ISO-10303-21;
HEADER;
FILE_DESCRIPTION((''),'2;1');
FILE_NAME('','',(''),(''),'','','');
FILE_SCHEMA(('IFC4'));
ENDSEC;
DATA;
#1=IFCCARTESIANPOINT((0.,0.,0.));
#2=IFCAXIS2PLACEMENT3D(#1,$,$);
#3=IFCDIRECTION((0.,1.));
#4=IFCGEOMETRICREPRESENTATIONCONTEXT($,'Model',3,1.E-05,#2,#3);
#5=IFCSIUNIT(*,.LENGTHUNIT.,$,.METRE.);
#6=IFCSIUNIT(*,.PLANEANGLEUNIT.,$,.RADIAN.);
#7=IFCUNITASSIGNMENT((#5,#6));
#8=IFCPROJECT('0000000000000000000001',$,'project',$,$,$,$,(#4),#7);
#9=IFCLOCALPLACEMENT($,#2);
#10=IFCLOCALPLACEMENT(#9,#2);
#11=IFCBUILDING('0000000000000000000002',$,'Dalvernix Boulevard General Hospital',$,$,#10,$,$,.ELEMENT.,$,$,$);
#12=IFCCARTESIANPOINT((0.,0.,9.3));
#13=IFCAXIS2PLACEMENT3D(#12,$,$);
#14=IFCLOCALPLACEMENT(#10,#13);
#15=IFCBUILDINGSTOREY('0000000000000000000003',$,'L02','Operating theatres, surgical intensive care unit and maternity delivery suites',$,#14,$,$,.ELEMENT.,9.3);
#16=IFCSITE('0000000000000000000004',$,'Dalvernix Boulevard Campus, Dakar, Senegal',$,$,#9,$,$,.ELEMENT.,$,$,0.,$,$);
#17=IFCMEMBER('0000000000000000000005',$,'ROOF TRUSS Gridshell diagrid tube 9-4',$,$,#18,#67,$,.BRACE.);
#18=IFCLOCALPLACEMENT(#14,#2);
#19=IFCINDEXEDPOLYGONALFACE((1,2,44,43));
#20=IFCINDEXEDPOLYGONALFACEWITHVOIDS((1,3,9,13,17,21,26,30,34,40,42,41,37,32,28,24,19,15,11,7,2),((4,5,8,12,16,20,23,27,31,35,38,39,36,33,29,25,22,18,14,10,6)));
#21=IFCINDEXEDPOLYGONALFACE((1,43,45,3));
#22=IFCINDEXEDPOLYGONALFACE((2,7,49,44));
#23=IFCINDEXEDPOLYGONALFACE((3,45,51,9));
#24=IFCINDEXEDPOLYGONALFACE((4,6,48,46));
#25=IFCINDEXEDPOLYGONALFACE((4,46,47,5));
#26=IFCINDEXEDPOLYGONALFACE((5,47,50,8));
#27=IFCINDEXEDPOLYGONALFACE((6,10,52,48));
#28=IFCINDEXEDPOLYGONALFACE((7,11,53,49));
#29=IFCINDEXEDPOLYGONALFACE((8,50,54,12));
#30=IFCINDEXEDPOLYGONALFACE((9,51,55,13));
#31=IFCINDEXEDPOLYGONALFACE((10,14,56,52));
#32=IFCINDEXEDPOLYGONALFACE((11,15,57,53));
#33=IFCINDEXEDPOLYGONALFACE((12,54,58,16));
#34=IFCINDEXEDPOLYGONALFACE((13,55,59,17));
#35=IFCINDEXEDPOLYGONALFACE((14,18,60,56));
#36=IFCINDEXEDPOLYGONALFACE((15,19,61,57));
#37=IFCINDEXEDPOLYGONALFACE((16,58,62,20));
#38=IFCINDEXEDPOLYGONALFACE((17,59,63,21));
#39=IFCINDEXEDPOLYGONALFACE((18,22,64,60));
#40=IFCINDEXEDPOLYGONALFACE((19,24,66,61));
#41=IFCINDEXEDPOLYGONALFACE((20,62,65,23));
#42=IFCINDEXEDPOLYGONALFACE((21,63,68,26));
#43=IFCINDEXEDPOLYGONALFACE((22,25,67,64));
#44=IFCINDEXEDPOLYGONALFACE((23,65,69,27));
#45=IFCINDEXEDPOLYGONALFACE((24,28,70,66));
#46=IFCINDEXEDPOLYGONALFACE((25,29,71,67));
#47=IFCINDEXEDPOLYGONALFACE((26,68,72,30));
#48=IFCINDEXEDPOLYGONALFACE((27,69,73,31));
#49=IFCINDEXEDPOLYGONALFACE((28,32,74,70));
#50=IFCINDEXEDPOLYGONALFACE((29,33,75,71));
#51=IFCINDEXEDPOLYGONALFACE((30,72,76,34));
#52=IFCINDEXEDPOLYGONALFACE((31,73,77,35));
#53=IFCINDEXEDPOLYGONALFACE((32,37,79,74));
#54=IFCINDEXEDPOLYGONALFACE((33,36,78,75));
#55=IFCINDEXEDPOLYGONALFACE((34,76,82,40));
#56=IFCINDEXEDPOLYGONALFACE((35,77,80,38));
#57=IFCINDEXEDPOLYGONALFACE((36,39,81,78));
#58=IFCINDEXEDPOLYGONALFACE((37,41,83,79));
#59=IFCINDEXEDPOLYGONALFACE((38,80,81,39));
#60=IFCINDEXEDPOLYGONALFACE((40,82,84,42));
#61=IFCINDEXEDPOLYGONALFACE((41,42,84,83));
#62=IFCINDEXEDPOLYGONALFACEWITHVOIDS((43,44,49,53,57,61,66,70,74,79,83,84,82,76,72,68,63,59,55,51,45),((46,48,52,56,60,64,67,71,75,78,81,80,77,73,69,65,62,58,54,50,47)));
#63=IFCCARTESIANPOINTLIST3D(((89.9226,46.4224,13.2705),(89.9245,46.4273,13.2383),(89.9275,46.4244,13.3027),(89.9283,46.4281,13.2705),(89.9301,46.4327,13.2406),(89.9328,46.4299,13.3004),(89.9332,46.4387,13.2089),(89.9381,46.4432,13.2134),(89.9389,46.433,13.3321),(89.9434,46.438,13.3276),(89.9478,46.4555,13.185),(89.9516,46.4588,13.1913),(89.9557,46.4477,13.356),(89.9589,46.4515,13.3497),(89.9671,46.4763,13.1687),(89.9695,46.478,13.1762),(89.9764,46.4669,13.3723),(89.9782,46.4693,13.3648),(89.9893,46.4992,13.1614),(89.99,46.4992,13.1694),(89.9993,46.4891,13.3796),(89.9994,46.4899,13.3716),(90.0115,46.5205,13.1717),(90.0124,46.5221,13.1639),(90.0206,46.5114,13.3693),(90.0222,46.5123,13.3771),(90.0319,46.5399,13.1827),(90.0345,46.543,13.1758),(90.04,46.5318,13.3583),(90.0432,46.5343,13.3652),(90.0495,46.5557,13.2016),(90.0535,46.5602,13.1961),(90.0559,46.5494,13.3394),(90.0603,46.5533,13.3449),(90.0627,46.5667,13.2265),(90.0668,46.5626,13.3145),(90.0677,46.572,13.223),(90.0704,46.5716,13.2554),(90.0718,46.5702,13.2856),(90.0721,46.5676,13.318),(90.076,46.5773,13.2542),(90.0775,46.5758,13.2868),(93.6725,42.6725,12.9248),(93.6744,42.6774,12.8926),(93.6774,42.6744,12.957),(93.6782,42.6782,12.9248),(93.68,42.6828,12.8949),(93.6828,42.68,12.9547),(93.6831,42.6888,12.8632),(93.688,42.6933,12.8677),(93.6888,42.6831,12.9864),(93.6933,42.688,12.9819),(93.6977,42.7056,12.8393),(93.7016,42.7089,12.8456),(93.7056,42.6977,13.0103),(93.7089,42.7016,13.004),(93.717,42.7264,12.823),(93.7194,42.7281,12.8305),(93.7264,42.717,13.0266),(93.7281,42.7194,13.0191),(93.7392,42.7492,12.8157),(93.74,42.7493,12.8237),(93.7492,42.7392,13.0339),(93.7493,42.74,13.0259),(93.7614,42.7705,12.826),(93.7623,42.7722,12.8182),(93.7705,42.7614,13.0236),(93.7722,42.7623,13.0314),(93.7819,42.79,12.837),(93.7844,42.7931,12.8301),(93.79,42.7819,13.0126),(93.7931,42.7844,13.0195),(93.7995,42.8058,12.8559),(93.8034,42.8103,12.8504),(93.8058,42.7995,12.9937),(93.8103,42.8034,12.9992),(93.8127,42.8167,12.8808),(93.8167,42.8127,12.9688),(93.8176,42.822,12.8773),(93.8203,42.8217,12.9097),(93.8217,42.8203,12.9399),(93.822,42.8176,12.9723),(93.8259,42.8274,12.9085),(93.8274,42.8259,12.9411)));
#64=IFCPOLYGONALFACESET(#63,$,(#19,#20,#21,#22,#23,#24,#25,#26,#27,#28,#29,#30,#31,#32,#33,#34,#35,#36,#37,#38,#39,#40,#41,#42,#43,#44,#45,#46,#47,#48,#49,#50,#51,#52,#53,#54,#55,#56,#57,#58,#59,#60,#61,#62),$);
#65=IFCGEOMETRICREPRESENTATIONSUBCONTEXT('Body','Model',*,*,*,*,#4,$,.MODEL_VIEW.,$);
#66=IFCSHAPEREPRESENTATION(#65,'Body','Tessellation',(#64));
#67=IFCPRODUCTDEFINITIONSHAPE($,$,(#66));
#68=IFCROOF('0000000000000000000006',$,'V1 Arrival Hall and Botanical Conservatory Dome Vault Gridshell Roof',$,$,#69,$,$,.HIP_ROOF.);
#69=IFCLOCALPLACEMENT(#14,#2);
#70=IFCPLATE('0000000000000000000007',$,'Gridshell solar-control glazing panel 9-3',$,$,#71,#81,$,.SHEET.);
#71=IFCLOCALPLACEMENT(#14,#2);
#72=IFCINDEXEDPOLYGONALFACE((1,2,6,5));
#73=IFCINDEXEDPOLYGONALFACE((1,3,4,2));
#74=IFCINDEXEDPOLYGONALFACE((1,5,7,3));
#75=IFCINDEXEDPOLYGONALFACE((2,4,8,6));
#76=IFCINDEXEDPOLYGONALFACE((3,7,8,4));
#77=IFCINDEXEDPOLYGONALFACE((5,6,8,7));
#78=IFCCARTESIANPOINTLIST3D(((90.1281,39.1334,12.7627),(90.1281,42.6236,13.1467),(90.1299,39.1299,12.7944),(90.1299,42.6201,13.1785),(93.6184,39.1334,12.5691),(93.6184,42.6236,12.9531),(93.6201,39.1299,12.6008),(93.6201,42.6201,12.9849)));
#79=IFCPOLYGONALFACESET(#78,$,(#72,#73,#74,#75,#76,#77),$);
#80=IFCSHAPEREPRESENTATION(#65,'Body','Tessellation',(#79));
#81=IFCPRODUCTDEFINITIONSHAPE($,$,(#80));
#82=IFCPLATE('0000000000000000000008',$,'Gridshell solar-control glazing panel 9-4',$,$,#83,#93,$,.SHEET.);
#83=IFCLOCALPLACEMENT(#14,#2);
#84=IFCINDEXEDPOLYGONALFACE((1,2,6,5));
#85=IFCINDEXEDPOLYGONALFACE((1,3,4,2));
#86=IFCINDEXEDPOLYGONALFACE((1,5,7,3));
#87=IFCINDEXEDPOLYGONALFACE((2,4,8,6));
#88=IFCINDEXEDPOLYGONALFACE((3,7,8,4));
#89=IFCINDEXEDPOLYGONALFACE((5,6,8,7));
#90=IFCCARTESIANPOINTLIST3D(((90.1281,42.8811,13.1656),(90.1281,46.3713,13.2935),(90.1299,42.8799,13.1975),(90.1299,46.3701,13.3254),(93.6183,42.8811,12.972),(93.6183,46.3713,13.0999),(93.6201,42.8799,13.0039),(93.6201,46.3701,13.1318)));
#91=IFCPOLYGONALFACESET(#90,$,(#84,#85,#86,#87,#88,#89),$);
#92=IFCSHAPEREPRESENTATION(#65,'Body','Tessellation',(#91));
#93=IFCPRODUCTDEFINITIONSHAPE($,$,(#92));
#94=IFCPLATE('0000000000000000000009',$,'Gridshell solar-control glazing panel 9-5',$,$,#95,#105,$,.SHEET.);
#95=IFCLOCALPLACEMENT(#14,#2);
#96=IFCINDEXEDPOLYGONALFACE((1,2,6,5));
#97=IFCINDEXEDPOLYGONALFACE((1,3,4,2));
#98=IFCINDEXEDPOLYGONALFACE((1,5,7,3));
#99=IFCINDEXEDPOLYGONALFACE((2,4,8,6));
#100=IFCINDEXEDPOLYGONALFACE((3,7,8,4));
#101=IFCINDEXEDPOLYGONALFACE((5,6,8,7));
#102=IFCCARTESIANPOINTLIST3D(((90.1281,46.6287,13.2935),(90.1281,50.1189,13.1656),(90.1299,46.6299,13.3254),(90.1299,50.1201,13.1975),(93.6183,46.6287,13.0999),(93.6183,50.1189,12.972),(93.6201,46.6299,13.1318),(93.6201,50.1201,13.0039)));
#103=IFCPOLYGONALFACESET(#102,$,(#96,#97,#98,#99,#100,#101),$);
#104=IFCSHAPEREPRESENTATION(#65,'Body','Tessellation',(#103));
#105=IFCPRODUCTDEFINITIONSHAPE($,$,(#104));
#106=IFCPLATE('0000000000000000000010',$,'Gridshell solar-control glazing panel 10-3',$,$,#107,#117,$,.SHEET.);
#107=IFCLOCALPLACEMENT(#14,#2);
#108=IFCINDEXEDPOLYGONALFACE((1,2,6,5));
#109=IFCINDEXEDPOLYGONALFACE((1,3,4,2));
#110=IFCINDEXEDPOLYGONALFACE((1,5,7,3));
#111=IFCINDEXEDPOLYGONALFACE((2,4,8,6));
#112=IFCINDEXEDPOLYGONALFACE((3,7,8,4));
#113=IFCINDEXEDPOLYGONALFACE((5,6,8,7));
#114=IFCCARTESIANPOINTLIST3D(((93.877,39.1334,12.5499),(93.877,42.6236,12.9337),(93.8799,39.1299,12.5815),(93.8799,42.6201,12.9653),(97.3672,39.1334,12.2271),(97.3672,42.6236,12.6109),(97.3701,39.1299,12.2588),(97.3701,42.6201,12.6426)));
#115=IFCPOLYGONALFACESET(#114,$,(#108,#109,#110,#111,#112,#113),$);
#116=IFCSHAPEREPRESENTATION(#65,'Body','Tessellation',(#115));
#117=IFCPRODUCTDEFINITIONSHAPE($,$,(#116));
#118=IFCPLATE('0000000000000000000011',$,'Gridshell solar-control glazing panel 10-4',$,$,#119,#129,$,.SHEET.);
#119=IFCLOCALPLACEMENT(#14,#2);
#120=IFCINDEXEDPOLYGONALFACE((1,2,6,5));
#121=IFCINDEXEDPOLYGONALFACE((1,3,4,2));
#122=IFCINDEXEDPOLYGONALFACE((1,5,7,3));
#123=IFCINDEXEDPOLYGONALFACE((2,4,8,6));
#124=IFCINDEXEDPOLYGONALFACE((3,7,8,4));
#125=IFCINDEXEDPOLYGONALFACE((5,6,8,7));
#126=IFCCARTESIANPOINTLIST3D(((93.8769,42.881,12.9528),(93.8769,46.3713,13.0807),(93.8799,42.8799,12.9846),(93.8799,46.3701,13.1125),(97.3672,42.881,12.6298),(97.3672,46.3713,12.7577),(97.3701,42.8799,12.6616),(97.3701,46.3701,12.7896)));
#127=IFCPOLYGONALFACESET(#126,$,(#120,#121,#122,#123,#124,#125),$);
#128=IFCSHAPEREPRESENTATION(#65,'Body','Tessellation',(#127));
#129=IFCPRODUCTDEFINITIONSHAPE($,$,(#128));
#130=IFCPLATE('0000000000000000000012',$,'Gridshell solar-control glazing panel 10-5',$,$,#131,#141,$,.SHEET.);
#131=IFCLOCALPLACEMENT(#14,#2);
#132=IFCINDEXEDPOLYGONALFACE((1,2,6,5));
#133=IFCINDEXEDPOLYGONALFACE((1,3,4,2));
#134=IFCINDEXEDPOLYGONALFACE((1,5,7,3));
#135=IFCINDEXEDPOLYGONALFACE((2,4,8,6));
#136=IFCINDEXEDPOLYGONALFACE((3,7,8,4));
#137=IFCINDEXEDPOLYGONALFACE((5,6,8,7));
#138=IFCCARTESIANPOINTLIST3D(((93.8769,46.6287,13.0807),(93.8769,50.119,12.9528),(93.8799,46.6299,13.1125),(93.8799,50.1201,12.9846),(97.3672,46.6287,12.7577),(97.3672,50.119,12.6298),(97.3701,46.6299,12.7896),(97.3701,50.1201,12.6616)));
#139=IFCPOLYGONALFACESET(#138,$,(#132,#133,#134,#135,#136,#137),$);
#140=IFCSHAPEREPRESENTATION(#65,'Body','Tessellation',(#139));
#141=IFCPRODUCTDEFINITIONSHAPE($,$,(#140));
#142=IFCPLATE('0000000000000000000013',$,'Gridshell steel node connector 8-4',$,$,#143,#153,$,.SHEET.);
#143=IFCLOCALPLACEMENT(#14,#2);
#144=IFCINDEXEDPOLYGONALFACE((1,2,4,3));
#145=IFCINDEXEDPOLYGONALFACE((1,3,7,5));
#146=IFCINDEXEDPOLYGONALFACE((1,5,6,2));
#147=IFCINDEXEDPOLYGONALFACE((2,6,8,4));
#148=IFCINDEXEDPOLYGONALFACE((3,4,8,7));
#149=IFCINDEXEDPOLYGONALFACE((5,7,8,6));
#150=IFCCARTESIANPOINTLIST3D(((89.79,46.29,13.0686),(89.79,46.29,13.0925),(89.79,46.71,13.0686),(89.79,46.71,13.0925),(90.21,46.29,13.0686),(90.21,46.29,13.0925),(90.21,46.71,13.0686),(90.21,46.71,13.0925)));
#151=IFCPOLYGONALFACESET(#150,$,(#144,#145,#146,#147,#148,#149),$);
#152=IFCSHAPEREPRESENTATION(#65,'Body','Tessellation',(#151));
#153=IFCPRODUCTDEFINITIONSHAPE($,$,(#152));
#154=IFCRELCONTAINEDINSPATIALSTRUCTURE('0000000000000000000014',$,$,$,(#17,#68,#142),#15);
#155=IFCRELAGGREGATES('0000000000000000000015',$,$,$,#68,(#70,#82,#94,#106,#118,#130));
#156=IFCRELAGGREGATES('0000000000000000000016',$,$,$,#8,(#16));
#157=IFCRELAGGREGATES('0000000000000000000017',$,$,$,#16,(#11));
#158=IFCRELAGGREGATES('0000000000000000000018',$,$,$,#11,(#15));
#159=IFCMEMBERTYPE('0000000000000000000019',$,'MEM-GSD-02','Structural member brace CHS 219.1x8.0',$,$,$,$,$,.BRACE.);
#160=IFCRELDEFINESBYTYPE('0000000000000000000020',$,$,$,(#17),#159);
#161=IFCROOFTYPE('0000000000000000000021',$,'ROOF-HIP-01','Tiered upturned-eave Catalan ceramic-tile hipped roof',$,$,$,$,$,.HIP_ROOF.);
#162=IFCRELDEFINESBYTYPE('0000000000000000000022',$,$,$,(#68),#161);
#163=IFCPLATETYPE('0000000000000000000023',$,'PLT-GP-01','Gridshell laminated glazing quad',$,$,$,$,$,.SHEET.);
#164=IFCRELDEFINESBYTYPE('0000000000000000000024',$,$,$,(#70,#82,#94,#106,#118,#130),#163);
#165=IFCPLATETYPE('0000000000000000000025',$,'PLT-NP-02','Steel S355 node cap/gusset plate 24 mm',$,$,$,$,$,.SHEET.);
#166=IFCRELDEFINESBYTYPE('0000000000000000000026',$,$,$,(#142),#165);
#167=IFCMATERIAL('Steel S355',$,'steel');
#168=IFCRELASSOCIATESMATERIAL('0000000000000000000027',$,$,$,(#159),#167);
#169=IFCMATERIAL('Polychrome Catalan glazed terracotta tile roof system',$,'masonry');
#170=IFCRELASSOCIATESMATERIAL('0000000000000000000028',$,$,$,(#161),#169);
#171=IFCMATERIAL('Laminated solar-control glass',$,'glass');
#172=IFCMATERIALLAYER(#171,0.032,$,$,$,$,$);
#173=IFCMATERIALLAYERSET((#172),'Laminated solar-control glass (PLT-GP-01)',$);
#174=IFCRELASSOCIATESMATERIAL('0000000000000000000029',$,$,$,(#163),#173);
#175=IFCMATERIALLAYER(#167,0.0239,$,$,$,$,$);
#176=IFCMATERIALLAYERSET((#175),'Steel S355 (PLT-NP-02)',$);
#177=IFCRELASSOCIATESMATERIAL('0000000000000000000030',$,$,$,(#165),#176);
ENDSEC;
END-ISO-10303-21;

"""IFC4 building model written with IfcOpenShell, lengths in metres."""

from ifc_helpers import new_model, si_unit, direction, frame, origin, origin_2d, place, context, subcontext, project, spatial, polyline, rectangle, hollow_circle, outline, extrude, material, layer, layer_set, material_profile, profile_set, type_object, element, aggregate, save


model = new_model("IFC4")

# Units and contexts
model_context = context("Model", 3, precision=1e-05, world=origin(), true_north=direction((0.0, 1.0)))
body_context = subcontext(model_context, "Body", "Model", "MODEL_VIEW")
ifc_project = project(units=[si_unit("LENGTHUNIT", "METRE"), si_unit("PLANEANGLEUNIT", "RADIAN")], contexts=[model_context])

# Site, building, storey
site_placement = place(None, origin())
site = spatial("IfcSite", under=ifc_project, at=site_placement, Name="Dalvernix Boulevard Campus, Dakar, Senegal", CompositionType="ELEMENT", RefElevation=0.0)
building_placement = place(site_placement, origin())
building = spatial("IfcBuilding", under=site, at=building_placement, Name="Dalvernix Boulevard General Hospital", CompositionType="ELEMENT")
storey_placement = place(building_placement, frame((0.0, 0.0, 9.3)))
storey = spatial("IfcBuildingStorey", under=building, at=storey_placement, Name="L02", Description="Operating theatres, surgical intensive care unit and maternity delivery suites", CompositionType="ELEMENT", Elevation=9.3)

# Shared definitions
ifc_material_1 = material(Name="Steel S355", Category="steel")

# Member
ifc_material_profile_1 = material_profile(ifc_material_1, hollow_circle(Radius=0.1096, WallThickness=0.0081, at=origin_2d()), Name="CHS 219.1x8.0")
ifc_profile_set_1 = profile_set([ifc_material_profile_1], Name="Steel S355")
member_type_1 = type_object("IfcMemberType", Name="MEM-GSD-02", Description="Structural member brace CHS 219.1x8.0", PredefinedType="BRACE", material=ifc_profile_set_1)
member_1_placement = place(storey_placement, frame((93.75, 42.75, 12.9248), z_axis=(-0.705609, 0.705609, 0.065048), x_axis=(-0.707107, -0.707107, 0.0)))
element("IfcMember", 1, at=member_1_placement, inside=storey, type_object=member_type_1, Name="ROOF TRUSS Gridshell diagrid tube 9-4", PredefinedType="BRACE", context=body_context, shape_type="SweptSolid", body=[
    extrude(hollow_circle(Radius=0.1096, WallThickness=0.0081, at=origin_2d()), origin(), (0.0, 0.0, 1.0), 5.3145),
])

# Roof, plates
ifc_material_2 = material(Name="Polychrome Catalan glazed terracotta tile roof system", Category="masonry")
roof_type = type_object("IfcRoofType", Name="ROOF-HIP-01", Description="Tiered upturned-eave Catalan ceramic-tile hipped roof", PredefinedType="HIP_ROOF", material=ifc_material_2)
roof_placement = place(storey_placement, origin())
roof = element("IfcRoof", 2, at=roof_placement, inside=storey, type_object=roof_type, Name="V1 Arrival Hall and Botanical Conservatory Dome Vault Gridshell Roof", PredefinedType="HIP_ROOF")
ifc_material_3 = material(Name="Laminated solar-control glass", Category="glass")
ifc_layer_1 = layer(ifc_material_3, 0.032)
ifc_layer_set_1 = layer_set([ifc_layer_1], Name="Laminated solar-control glass (PLT-GP-01)")
plate_type_1 = type_object("IfcPlateType", Name="PLT-GP-01", Description="Gridshell laminated glazing quad", PredefinedType="SHEET", material=ifc_layer_set_1)
plate_1_placement = place(storey_placement, frame((90.1299, 39.1299, 12.7944), z_axis=(0.055054, -0.109205, 0.992494), x_axis=(0.998465, 0.0, -0.055385)))
plate_1 = element("IfcPlate", 3, at=plate_1_placement, type_object=plate_type_1, Name="Gridshell solar-control glazing panel 9-3", PredefinedType="SHEET", context=body_context, shape_type="SweptSolid", body=[
    extrude(outline(polyline([(0.0, 0.0), (3.4956, 0.0), (3.4743, 3.5112), (-0.0213, 3.5112), (0.0, 0.0)])), origin(), (0.0, 0.0, -1.0), 0.032),
])
plate_2_placement = place(storey_placement, frame((90.1299, 42.8799, 13.1975), z_axis=(0.055348, -0.036573, 0.997797), x_axis=(0.998465, 0.0, -0.055385)))
plate_2 = element("IfcPlate", 4, at=plate_2_placement, type_object=plate_type_1, Name="Gridshell solar-control glazing panel 9-4", PredefinedType="SHEET", context=body_context, shape_type="SweptSolid", body=[
    extrude(outline(polyline([(0.0, 0.0), (3.4956, 0.0), (3.4885, 3.4926), (-0.0071, 3.4926), (0.0, 0.0)])), origin(), (0.0, 0.0, -1.0), 0.032),
])
plate_3_placement = place(storey_placement, frame((90.1299, 46.6299, 13.3254), z_axis=(0.055348, 0.036573, 0.997797), x_axis=(0.998465, 0.0, -0.055385)))
plate_3 = element("IfcPlate", 5, at=plate_3_placement, type_object=plate_type_1, Name="Gridshell solar-control glazing panel 9-5", PredefinedType="SHEET", context=body_context, shape_type="SweptSolid", body=[
    extrude(outline(polyline([(0.0, 0.0), (3.4956, 0.0), (3.5027, 3.4926), (0.0071, 3.4926), (0.0, 0.0)])), origin(), (0.0, 0.0, -1.0), 0.032),
])
plate_4_placement = place(storey_placement, frame((93.8799, 39.1299, 12.5815), z_axis=(0.091533, -0.108843, 0.989836), x_axis=(0.995752, 0.0, -0.092081)))
plate_4 = element("IfcPlate", 6, at=plate_4_placement, type_object=plate_type_1, Name="Gridshell solar-control glazing panel 10-3", PredefinedType="SHEET", context=body_context, shape_type="SweptSolid", body=[
    extrude(outline(polyline([(0.0, 0.0), (3.5051, 0.0), (3.4698, 3.5111), (-0.0353, 3.5111), (0.0, 0.0)])), origin(), (0.0, 0.0, -1.0), 0.032),
])
plate_5_placement = place(storey_placement, frame((93.8799, 42.8799, 12.9846), z_axis=(0.092088, -0.036473, 0.995083), x_axis=(0.995745, 0.0, -0.09215)))
plate_5 = element("IfcPlate", 7, at=plate_5_placement, type_object=plate_type_1, Name="Gridshell solar-control glazing panel 10-4", PredefinedType="SHEET", context=body_context, shape_type="SweptSolid", body=[
    extrude(outline(polyline([(0.0, 0.0), (3.5051, 0.0), (3.4934, 3.4926), (-0.0118, 3.4926), (0.0, 0.0)])), origin(), (0.0, 0.0, -1.0), 0.032),
])
plate_6_placement = place(storey_placement, frame((93.8799, 46.6299, 13.1125), z_axis=(0.092088, 0.036473, 0.995083), x_axis=(0.995745, 0.0, -0.09215)))
plate_6 = element("IfcPlate", 8, at=plate_6_placement, type_object=plate_type_1, Name="Gridshell solar-control glazing panel 10-5", PredefinedType="SHEET", context=body_context, shape_type="SweptSolid", body=[
    extrude(outline(polyline([(0.0, 0.0), (3.5051, 0.0), (3.5169, 3.4926), (0.0118, 3.4926), (0.0, 0.0)])), origin(), (0.0, 0.0, -1.0), 0.032),
])
aggregate(roof, [plate_1, plate_2, plate_3, plate_4, plate_5, plate_6])

# Plate
ifc_layer_2 = layer(ifc_material_1, 0.0239)
ifc_layer_set_2 = layer_set([ifc_layer_2], Name="Steel S355 (PLT-NP-02)")
plate_type_2 = type_object("IfcPlateType", Name="PLT-NP-02", Description="Steel S355 node cap/gusset plate 24 mm", PredefinedType="SHEET", material=ifc_layer_set_2)
plate_7_placement = place(storey_placement, frame((90.0, 46.5, 13.0686), z_axis=(0.0, 0.0, 1.0), x_axis=(1.0, 0.0, 0.0)))
element("IfcPlate", 9, at=plate_7_placement, inside=storey, type_object=plate_type_2, Name="Gridshell steel node connector 8-4", PredefinedType="SHEET", context=body_context, shape_type="SweptSolid", body=[
    extrude(rectangle(XDim=0.4199, YDim=0.4199, at=origin_2d()), origin(), (0.0, 0.0, 1.0), 0.0239),
])

save(model, "model.ifc")
